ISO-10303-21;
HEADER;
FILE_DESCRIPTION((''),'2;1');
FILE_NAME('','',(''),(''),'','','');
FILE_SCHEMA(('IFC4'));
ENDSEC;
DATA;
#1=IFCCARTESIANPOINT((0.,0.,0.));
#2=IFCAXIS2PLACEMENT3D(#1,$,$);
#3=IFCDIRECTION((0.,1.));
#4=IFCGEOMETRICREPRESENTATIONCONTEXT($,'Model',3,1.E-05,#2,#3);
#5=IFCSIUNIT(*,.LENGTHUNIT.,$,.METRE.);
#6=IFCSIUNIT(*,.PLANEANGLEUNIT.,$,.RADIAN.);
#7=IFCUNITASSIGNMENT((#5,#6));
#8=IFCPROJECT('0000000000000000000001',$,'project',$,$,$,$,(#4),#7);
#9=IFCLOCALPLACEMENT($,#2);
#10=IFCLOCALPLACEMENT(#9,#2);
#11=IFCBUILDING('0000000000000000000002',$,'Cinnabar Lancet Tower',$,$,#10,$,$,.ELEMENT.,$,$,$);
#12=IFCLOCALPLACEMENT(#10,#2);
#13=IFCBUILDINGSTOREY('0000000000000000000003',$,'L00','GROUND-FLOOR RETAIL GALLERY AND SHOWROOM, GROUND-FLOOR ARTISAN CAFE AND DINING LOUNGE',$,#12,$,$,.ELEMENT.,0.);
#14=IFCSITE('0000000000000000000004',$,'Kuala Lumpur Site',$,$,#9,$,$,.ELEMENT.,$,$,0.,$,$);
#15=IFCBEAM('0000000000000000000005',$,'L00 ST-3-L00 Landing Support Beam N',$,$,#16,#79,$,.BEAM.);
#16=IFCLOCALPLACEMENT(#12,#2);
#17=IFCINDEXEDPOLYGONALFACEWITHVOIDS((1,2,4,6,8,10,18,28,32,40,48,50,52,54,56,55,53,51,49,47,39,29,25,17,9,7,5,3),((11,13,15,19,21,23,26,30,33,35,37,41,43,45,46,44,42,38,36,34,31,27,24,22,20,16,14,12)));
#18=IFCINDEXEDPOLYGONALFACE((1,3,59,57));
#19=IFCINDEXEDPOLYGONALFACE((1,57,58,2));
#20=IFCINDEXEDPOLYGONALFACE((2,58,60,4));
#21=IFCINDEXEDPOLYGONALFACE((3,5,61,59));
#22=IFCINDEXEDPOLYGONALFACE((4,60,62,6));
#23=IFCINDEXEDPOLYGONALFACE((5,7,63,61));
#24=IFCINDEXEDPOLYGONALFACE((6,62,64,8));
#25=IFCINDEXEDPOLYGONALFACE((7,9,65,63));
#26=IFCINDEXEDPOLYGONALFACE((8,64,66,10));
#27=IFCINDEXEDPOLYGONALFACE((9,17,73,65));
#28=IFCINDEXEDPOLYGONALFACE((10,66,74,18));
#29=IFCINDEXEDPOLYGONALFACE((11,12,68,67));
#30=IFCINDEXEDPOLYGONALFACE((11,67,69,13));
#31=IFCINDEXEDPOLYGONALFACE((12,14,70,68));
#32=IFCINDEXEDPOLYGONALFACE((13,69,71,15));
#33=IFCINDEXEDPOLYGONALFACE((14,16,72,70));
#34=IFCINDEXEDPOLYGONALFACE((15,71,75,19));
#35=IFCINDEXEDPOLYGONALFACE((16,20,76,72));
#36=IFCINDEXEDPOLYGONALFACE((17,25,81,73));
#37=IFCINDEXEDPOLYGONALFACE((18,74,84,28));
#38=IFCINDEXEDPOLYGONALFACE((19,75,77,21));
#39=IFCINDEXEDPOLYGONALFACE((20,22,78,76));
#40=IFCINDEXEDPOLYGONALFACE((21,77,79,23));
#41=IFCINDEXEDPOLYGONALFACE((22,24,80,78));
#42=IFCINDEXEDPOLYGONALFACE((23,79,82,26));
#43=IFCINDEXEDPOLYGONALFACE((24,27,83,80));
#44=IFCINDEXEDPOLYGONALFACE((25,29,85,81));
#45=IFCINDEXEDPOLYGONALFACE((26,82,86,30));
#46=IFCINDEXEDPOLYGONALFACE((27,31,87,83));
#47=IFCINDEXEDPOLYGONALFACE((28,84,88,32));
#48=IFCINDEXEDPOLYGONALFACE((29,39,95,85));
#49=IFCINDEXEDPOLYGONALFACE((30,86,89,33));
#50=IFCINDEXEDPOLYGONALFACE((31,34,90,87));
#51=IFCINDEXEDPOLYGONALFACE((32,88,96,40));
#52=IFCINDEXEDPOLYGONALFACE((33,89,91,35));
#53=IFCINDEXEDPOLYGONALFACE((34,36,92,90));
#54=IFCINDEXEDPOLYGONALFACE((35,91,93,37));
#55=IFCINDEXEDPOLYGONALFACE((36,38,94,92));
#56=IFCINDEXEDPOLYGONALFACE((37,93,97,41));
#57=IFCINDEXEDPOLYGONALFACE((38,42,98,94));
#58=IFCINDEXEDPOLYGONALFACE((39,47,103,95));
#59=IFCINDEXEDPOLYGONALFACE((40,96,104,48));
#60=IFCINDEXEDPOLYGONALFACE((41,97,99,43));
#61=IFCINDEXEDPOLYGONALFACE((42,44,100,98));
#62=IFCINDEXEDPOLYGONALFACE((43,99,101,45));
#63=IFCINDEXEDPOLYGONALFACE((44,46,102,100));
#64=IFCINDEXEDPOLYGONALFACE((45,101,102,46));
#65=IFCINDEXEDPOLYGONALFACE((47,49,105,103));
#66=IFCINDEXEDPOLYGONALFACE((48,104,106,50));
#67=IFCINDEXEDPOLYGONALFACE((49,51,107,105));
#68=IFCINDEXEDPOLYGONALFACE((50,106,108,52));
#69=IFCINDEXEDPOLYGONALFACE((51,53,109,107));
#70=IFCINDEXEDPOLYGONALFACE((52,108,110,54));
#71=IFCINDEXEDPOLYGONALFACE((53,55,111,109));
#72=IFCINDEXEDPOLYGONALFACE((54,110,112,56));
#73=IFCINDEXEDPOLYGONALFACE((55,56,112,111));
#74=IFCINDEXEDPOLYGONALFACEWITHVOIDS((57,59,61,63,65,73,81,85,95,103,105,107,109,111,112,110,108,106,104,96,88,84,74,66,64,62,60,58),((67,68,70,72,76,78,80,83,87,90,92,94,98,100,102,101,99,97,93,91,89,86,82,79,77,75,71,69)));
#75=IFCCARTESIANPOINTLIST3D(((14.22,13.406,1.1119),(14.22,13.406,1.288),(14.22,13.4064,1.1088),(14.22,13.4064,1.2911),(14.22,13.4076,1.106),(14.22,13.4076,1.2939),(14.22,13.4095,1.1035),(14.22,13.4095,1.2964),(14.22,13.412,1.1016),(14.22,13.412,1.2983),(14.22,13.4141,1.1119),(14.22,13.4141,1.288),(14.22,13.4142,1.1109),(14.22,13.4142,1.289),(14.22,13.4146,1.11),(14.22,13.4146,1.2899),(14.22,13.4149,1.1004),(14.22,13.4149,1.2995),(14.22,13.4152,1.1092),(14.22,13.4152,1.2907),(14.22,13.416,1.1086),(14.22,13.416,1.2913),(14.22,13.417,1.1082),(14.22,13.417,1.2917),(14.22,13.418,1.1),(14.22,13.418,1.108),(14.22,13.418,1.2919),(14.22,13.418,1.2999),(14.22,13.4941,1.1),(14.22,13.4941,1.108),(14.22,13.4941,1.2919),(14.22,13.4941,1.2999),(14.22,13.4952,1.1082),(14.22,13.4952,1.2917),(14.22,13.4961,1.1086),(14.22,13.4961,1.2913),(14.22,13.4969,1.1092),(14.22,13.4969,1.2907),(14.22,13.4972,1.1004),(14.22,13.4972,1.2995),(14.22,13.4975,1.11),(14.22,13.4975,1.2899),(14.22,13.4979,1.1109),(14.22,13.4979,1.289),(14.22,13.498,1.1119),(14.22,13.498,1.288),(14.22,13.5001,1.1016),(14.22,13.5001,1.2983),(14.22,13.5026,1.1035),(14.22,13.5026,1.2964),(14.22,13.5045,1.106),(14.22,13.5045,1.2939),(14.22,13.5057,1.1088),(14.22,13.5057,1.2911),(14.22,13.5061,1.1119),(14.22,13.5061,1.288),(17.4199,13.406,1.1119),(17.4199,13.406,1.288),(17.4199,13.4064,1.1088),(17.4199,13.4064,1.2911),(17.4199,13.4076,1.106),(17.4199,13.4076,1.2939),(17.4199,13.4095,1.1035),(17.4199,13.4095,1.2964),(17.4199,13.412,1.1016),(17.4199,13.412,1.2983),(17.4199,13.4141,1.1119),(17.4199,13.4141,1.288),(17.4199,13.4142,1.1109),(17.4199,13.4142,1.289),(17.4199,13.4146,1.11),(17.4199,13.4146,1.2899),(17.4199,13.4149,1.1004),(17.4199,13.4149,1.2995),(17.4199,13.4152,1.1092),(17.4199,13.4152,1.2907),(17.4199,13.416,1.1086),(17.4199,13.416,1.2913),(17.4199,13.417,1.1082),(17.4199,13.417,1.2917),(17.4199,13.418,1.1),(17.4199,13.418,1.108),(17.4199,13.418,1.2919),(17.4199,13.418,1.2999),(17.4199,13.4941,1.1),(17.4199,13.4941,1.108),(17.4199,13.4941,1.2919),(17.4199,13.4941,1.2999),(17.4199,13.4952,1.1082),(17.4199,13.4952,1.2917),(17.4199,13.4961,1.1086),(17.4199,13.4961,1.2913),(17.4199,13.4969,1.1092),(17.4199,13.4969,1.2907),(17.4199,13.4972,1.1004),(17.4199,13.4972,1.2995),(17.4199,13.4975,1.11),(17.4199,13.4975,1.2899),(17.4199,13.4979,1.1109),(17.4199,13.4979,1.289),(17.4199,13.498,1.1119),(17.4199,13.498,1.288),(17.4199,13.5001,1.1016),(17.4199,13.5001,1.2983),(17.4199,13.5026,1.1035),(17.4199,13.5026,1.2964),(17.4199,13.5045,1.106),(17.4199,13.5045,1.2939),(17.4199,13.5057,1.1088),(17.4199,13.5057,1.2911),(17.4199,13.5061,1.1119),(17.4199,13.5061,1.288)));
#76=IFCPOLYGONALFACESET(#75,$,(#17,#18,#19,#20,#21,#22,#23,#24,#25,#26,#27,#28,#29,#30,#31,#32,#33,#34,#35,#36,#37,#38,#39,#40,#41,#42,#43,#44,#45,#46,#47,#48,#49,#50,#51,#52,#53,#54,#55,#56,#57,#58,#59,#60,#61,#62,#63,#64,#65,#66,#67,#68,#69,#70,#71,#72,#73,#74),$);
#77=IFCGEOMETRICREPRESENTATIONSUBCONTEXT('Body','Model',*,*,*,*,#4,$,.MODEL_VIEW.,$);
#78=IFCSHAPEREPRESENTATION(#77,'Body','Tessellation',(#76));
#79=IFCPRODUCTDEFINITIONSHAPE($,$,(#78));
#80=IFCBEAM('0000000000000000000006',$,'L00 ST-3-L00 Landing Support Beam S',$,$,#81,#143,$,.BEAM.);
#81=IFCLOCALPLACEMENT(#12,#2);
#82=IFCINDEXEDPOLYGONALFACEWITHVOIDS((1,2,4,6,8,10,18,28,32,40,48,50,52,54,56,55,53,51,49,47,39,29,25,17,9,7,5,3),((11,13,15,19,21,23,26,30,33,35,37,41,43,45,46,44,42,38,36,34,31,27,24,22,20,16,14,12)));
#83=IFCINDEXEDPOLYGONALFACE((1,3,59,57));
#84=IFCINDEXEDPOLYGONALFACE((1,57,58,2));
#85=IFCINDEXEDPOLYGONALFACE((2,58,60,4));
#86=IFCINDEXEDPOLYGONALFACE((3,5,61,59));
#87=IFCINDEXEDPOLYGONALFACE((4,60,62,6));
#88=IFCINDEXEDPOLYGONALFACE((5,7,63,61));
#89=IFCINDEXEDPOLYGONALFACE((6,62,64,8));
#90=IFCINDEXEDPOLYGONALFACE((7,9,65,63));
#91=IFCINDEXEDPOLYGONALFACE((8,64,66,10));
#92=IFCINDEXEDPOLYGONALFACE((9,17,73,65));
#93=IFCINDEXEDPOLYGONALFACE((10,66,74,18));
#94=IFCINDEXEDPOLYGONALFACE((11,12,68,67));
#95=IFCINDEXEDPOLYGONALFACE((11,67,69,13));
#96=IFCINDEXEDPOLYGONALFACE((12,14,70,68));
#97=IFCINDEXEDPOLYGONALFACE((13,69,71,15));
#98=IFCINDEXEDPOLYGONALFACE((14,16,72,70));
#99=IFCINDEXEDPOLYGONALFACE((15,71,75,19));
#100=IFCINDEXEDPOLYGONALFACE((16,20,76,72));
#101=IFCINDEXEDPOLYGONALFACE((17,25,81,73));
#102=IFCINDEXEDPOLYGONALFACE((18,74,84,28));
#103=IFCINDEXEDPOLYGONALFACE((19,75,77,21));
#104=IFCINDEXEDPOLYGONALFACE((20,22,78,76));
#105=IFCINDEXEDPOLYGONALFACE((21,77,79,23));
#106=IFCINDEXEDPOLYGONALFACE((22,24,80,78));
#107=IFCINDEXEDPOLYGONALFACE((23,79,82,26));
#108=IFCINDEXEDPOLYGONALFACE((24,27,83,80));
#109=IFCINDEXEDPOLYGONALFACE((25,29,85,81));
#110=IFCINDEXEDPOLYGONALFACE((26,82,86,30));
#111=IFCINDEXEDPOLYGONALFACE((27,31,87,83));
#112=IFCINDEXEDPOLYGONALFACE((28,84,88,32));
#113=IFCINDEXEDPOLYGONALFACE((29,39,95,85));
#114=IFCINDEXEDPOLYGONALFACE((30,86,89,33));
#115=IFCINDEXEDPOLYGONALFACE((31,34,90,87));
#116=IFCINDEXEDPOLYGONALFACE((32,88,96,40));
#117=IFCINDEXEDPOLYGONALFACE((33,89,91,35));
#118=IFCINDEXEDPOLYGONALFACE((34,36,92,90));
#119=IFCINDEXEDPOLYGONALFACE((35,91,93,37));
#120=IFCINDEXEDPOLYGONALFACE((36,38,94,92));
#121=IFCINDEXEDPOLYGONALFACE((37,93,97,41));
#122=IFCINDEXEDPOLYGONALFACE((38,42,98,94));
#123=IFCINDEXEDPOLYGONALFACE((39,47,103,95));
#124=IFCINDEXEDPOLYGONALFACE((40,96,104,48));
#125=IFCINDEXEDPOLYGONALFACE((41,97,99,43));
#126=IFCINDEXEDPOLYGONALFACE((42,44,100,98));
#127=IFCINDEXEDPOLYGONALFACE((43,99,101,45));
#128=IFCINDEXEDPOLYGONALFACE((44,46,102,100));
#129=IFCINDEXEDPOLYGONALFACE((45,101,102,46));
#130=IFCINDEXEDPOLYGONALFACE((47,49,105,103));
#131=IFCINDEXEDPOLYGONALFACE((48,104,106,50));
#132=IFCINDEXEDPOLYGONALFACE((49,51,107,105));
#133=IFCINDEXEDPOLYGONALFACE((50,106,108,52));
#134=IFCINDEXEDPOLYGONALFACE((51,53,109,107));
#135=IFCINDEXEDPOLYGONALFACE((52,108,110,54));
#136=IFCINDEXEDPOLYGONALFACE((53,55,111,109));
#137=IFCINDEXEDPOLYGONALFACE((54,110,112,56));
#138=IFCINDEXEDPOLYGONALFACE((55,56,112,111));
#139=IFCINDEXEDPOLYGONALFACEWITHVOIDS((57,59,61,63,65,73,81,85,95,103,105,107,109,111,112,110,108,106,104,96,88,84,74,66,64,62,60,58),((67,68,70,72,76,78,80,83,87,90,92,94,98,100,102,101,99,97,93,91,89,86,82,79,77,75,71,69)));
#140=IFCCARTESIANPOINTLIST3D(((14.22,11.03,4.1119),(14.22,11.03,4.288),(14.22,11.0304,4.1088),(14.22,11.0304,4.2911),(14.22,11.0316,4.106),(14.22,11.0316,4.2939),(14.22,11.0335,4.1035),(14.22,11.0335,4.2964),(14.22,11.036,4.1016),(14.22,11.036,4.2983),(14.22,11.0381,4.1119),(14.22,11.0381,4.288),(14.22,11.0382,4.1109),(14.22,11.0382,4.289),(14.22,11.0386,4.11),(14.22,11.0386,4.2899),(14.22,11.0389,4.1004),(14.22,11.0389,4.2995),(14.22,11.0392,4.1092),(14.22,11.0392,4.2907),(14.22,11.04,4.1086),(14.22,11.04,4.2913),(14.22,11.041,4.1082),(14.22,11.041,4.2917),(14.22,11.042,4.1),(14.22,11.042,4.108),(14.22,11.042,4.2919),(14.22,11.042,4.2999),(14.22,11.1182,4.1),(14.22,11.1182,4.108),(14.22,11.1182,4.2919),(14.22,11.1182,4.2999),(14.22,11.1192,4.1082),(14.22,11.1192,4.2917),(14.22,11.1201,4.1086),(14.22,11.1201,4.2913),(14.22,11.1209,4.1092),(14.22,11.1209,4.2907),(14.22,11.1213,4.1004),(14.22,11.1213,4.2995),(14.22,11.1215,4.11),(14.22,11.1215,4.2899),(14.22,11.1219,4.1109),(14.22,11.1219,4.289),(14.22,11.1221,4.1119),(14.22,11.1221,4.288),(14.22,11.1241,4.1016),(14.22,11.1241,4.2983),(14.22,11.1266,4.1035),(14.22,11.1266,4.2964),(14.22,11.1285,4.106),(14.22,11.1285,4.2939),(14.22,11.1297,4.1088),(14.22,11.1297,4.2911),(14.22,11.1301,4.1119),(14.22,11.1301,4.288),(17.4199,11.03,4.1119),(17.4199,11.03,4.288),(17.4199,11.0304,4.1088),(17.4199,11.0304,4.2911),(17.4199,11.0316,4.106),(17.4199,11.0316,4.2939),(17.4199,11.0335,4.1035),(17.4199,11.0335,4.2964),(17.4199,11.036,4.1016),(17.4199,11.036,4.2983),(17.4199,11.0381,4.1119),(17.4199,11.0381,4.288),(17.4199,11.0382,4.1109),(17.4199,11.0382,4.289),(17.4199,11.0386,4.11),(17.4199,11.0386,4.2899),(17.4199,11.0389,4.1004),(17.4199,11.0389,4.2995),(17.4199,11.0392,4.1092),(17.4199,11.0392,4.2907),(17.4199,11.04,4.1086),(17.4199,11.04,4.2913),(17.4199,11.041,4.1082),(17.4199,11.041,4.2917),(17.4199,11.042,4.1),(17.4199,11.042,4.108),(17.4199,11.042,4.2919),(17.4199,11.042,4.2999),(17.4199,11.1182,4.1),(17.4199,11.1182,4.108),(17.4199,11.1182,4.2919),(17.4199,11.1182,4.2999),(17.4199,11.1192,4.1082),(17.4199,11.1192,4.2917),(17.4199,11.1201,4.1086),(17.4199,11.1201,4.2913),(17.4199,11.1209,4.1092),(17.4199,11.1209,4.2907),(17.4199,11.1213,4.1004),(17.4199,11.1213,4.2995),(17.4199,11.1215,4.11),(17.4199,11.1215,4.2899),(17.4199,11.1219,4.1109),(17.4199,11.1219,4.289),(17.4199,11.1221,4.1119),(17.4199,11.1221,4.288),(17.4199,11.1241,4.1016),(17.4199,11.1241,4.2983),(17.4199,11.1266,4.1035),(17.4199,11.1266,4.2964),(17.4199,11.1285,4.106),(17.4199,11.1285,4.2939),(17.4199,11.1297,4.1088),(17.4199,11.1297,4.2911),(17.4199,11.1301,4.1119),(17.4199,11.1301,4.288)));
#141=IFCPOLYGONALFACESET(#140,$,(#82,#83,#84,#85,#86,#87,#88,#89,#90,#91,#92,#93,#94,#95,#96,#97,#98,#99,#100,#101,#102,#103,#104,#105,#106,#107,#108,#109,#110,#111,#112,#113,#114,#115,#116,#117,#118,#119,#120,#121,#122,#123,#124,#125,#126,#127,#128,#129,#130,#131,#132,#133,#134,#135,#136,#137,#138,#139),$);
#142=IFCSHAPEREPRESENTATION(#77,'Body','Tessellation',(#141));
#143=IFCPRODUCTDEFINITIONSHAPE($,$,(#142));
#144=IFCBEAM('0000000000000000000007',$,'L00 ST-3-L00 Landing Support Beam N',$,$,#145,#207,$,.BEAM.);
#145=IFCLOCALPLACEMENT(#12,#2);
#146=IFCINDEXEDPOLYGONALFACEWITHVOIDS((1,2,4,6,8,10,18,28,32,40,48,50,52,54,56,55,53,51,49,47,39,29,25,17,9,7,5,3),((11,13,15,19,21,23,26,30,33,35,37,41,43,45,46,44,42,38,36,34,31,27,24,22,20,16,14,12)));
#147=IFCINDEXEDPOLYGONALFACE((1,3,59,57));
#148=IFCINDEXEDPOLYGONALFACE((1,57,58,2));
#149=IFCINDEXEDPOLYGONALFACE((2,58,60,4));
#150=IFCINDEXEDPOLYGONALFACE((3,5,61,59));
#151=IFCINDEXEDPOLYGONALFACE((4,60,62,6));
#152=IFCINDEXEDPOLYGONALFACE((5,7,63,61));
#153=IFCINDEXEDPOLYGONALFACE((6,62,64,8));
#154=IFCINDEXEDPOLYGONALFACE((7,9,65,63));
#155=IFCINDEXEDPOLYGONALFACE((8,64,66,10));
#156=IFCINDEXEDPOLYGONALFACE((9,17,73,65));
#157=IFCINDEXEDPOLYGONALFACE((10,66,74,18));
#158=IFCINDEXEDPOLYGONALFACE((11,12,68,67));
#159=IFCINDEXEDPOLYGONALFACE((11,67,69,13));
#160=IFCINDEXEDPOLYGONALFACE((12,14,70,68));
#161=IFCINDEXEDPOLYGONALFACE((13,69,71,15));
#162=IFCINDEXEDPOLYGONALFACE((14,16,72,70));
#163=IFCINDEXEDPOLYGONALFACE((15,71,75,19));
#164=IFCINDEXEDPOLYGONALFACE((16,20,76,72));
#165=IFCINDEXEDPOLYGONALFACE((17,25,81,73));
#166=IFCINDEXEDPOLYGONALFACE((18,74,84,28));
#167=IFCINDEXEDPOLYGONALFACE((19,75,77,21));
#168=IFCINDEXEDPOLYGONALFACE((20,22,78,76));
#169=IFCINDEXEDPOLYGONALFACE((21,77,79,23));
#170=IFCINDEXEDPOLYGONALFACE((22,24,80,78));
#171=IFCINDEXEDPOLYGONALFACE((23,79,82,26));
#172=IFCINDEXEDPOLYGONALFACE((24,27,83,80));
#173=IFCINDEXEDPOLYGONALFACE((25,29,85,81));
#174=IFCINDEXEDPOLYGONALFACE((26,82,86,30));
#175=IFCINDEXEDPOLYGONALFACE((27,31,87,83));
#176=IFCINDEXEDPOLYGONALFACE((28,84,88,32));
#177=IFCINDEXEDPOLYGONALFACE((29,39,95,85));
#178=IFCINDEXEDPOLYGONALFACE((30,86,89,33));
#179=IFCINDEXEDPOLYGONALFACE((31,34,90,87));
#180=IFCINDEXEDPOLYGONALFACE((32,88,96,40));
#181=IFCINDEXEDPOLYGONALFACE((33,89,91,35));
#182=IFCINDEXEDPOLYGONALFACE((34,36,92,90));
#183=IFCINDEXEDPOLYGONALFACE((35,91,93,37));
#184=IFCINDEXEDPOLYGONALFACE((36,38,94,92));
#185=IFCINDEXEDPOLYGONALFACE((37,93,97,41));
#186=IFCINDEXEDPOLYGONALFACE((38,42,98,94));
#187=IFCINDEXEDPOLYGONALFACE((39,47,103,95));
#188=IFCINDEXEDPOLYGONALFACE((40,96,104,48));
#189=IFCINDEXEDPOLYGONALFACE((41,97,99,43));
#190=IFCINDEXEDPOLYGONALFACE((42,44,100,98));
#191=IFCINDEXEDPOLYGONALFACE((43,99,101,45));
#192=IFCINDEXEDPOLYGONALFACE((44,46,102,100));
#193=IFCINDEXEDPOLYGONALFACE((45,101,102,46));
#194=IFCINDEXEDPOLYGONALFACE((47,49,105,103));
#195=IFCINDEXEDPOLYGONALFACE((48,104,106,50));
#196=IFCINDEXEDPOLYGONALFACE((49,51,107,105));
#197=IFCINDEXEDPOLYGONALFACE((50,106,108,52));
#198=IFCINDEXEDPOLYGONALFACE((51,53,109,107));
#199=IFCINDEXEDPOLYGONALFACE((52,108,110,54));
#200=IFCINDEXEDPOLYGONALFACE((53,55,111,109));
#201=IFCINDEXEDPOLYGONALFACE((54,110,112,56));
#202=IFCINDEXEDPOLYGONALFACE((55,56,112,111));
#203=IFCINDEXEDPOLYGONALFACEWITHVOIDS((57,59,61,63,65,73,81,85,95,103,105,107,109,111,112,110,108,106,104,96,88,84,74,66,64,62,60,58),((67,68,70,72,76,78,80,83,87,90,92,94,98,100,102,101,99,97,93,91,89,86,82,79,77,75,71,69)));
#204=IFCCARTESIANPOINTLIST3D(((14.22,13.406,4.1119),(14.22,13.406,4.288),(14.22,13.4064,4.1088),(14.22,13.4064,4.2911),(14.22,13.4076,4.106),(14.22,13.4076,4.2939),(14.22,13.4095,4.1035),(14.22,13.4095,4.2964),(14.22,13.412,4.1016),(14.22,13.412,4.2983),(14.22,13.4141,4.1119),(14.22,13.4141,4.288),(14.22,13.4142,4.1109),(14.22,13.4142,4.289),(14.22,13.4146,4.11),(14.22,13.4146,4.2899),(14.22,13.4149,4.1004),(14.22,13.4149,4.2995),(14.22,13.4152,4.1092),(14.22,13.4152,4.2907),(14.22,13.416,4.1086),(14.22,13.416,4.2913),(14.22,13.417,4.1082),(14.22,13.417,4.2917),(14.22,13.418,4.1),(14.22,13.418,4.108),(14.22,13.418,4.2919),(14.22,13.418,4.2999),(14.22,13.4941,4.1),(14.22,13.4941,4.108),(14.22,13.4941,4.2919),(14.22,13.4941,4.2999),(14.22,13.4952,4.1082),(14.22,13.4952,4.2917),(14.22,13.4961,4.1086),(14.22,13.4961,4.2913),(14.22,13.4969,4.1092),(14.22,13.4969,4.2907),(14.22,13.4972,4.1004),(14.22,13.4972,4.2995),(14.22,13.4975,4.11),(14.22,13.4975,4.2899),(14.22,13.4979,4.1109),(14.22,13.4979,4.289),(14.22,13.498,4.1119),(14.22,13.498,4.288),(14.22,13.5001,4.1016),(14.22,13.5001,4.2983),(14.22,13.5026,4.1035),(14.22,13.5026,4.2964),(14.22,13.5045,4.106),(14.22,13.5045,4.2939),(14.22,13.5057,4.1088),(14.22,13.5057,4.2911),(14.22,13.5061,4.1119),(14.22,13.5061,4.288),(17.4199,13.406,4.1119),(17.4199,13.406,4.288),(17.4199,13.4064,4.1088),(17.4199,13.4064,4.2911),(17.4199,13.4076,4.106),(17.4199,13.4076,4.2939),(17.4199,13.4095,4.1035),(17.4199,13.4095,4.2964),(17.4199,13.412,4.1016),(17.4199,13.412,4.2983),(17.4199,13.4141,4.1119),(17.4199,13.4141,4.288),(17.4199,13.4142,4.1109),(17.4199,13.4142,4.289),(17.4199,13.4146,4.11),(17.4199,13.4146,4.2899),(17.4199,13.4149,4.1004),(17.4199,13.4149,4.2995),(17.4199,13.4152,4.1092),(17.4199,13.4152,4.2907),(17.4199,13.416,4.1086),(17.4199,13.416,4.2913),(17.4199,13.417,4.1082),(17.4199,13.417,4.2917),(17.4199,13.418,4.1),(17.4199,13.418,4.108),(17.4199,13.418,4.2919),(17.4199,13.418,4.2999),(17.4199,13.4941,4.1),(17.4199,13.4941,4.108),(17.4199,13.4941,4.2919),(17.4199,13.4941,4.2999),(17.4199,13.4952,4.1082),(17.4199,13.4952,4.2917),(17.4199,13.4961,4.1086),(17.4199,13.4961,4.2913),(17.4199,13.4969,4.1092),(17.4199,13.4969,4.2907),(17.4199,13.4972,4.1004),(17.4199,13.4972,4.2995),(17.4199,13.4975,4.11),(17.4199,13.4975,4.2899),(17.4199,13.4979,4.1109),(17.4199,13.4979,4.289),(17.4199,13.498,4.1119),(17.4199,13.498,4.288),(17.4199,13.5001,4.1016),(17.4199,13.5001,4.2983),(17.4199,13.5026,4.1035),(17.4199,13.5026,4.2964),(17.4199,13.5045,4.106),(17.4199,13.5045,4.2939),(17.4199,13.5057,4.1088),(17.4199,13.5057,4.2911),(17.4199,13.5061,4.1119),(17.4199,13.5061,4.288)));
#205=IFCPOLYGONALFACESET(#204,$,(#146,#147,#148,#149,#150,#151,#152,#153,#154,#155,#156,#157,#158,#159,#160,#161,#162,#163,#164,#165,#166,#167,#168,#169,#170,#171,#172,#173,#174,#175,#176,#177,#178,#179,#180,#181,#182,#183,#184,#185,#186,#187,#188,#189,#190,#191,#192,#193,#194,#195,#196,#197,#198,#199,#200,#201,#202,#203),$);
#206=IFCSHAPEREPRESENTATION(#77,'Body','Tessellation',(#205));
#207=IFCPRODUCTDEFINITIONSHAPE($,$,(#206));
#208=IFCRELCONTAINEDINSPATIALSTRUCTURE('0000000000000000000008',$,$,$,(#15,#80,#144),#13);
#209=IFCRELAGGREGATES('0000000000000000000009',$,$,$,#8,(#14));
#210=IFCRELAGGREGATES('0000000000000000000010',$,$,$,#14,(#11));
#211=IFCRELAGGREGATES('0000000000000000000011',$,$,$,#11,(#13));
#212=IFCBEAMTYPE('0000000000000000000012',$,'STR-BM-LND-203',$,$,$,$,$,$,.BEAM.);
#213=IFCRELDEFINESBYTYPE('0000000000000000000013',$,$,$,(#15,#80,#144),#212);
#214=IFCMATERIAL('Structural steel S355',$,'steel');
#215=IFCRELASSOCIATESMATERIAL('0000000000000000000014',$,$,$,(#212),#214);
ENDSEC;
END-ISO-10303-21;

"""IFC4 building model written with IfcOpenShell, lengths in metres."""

from ifc_helpers import new_model, si_unit, direction, frame, origin, origin_2d, place, context, subcontext, project, spatial, hollow_rectangle, extrude, material, material_profile, profile_set, type_object, element, save


model = new_model("IFC4")

# Units and contexts
model_context = context("Model", 3, precision=1e-05, world=origin(), true_north=direction((0.0, 1.0)))
body_context = subcontext(model_context, "Body", "Model", "MODEL_VIEW")
ifc_project = project(units=[si_unit("LENGTHUNIT", "METRE"), si_unit("PLANEANGLEUNIT", "RADIAN")], contexts=[model_context])

# Site, building, storey
site_placement = place(None, origin())
site = spatial("IfcSite", under=ifc_project, at=site_placement, Name="Kuala Lumpur Site", CompositionType="ELEMENT", RefElevation=0.0)
building_placement = place(site_placement, origin())
building = spatial("IfcBuilding", under=site, at=building_placement, Name="Cinnabar Lancet Tower", CompositionType="ELEMENT")
storey_placement = place(building_placement, origin())
storey = spatial("IfcBuildingStorey", under=building, at=storey_placement, Name="L00", Description="GROUND-FLOOR RETAIL GALLERY AND SHOWROOM, GROUND-FLOOR ARTISAN CAFE AND DINING LOUNGE", CompositionType="ELEMENT", Elevation=0.0)

# Beams
ifc_material_1 = material(Name="Structural steel S355", Category="steel")
ifc_material_profile_1 = material_profile(ifc_material_1, hollow_rectangle(XDim=0.1001, YDim=0.2, WallThickness=0.0081, InnerFilletRadius=0.0039, OuterFilletRadius=0.012, at=origin_2d()), Name="RHS 200x100x8")
ifc_profile_set_1 = profile_set([ifc_material_profile_1], Name="Structural steel S355")
beam_type_1 = type_object("IfcBeamType", Name="STR-BM-LND-203", PredefinedType="BEAM", material=ifc_profile_set_1)
for number, where, z_axis, x_axis, name in (
    (1, (14.22, 13.4561, 1.2), (1.0, 0.0, 0.0), (0.0, 1.0, 0.0), "L00 ST-3-L00 Landing Support Beam N"),
    (2, (14.22, 11.0801, 4.2), (1.0, 0.0, 0.0), (0.0, 1.0, 0.0), "L00 ST-3-L00 Landing Support Beam S"),
    (3, (14.22, 13.4561, 4.2), (1.0, 0.0, 0.0), (0.0, 1.0, 0.0), "L00 ST-3-L00 Landing Support Beam N"),
):
    element("IfcBeam", number, at=place(storey_placement, frame(where, z_axis=z_axis, x_axis=x_axis)), inside=storey, type_object=beam_type_1, Name=name, PredefinedType="BEAM", context=body_context, shape_type="SweptSolid", body=[
        extrude(hollow_rectangle(XDim=0.1001, YDim=0.2, WallThickness=0.0081, InnerFilletRadius=0.0039, OuterFilletRadius=0.012, at=origin_2d()), origin(), (0.0, 0.0, 1.0), 3.2),
    ])

save(model, "model.ifc")
